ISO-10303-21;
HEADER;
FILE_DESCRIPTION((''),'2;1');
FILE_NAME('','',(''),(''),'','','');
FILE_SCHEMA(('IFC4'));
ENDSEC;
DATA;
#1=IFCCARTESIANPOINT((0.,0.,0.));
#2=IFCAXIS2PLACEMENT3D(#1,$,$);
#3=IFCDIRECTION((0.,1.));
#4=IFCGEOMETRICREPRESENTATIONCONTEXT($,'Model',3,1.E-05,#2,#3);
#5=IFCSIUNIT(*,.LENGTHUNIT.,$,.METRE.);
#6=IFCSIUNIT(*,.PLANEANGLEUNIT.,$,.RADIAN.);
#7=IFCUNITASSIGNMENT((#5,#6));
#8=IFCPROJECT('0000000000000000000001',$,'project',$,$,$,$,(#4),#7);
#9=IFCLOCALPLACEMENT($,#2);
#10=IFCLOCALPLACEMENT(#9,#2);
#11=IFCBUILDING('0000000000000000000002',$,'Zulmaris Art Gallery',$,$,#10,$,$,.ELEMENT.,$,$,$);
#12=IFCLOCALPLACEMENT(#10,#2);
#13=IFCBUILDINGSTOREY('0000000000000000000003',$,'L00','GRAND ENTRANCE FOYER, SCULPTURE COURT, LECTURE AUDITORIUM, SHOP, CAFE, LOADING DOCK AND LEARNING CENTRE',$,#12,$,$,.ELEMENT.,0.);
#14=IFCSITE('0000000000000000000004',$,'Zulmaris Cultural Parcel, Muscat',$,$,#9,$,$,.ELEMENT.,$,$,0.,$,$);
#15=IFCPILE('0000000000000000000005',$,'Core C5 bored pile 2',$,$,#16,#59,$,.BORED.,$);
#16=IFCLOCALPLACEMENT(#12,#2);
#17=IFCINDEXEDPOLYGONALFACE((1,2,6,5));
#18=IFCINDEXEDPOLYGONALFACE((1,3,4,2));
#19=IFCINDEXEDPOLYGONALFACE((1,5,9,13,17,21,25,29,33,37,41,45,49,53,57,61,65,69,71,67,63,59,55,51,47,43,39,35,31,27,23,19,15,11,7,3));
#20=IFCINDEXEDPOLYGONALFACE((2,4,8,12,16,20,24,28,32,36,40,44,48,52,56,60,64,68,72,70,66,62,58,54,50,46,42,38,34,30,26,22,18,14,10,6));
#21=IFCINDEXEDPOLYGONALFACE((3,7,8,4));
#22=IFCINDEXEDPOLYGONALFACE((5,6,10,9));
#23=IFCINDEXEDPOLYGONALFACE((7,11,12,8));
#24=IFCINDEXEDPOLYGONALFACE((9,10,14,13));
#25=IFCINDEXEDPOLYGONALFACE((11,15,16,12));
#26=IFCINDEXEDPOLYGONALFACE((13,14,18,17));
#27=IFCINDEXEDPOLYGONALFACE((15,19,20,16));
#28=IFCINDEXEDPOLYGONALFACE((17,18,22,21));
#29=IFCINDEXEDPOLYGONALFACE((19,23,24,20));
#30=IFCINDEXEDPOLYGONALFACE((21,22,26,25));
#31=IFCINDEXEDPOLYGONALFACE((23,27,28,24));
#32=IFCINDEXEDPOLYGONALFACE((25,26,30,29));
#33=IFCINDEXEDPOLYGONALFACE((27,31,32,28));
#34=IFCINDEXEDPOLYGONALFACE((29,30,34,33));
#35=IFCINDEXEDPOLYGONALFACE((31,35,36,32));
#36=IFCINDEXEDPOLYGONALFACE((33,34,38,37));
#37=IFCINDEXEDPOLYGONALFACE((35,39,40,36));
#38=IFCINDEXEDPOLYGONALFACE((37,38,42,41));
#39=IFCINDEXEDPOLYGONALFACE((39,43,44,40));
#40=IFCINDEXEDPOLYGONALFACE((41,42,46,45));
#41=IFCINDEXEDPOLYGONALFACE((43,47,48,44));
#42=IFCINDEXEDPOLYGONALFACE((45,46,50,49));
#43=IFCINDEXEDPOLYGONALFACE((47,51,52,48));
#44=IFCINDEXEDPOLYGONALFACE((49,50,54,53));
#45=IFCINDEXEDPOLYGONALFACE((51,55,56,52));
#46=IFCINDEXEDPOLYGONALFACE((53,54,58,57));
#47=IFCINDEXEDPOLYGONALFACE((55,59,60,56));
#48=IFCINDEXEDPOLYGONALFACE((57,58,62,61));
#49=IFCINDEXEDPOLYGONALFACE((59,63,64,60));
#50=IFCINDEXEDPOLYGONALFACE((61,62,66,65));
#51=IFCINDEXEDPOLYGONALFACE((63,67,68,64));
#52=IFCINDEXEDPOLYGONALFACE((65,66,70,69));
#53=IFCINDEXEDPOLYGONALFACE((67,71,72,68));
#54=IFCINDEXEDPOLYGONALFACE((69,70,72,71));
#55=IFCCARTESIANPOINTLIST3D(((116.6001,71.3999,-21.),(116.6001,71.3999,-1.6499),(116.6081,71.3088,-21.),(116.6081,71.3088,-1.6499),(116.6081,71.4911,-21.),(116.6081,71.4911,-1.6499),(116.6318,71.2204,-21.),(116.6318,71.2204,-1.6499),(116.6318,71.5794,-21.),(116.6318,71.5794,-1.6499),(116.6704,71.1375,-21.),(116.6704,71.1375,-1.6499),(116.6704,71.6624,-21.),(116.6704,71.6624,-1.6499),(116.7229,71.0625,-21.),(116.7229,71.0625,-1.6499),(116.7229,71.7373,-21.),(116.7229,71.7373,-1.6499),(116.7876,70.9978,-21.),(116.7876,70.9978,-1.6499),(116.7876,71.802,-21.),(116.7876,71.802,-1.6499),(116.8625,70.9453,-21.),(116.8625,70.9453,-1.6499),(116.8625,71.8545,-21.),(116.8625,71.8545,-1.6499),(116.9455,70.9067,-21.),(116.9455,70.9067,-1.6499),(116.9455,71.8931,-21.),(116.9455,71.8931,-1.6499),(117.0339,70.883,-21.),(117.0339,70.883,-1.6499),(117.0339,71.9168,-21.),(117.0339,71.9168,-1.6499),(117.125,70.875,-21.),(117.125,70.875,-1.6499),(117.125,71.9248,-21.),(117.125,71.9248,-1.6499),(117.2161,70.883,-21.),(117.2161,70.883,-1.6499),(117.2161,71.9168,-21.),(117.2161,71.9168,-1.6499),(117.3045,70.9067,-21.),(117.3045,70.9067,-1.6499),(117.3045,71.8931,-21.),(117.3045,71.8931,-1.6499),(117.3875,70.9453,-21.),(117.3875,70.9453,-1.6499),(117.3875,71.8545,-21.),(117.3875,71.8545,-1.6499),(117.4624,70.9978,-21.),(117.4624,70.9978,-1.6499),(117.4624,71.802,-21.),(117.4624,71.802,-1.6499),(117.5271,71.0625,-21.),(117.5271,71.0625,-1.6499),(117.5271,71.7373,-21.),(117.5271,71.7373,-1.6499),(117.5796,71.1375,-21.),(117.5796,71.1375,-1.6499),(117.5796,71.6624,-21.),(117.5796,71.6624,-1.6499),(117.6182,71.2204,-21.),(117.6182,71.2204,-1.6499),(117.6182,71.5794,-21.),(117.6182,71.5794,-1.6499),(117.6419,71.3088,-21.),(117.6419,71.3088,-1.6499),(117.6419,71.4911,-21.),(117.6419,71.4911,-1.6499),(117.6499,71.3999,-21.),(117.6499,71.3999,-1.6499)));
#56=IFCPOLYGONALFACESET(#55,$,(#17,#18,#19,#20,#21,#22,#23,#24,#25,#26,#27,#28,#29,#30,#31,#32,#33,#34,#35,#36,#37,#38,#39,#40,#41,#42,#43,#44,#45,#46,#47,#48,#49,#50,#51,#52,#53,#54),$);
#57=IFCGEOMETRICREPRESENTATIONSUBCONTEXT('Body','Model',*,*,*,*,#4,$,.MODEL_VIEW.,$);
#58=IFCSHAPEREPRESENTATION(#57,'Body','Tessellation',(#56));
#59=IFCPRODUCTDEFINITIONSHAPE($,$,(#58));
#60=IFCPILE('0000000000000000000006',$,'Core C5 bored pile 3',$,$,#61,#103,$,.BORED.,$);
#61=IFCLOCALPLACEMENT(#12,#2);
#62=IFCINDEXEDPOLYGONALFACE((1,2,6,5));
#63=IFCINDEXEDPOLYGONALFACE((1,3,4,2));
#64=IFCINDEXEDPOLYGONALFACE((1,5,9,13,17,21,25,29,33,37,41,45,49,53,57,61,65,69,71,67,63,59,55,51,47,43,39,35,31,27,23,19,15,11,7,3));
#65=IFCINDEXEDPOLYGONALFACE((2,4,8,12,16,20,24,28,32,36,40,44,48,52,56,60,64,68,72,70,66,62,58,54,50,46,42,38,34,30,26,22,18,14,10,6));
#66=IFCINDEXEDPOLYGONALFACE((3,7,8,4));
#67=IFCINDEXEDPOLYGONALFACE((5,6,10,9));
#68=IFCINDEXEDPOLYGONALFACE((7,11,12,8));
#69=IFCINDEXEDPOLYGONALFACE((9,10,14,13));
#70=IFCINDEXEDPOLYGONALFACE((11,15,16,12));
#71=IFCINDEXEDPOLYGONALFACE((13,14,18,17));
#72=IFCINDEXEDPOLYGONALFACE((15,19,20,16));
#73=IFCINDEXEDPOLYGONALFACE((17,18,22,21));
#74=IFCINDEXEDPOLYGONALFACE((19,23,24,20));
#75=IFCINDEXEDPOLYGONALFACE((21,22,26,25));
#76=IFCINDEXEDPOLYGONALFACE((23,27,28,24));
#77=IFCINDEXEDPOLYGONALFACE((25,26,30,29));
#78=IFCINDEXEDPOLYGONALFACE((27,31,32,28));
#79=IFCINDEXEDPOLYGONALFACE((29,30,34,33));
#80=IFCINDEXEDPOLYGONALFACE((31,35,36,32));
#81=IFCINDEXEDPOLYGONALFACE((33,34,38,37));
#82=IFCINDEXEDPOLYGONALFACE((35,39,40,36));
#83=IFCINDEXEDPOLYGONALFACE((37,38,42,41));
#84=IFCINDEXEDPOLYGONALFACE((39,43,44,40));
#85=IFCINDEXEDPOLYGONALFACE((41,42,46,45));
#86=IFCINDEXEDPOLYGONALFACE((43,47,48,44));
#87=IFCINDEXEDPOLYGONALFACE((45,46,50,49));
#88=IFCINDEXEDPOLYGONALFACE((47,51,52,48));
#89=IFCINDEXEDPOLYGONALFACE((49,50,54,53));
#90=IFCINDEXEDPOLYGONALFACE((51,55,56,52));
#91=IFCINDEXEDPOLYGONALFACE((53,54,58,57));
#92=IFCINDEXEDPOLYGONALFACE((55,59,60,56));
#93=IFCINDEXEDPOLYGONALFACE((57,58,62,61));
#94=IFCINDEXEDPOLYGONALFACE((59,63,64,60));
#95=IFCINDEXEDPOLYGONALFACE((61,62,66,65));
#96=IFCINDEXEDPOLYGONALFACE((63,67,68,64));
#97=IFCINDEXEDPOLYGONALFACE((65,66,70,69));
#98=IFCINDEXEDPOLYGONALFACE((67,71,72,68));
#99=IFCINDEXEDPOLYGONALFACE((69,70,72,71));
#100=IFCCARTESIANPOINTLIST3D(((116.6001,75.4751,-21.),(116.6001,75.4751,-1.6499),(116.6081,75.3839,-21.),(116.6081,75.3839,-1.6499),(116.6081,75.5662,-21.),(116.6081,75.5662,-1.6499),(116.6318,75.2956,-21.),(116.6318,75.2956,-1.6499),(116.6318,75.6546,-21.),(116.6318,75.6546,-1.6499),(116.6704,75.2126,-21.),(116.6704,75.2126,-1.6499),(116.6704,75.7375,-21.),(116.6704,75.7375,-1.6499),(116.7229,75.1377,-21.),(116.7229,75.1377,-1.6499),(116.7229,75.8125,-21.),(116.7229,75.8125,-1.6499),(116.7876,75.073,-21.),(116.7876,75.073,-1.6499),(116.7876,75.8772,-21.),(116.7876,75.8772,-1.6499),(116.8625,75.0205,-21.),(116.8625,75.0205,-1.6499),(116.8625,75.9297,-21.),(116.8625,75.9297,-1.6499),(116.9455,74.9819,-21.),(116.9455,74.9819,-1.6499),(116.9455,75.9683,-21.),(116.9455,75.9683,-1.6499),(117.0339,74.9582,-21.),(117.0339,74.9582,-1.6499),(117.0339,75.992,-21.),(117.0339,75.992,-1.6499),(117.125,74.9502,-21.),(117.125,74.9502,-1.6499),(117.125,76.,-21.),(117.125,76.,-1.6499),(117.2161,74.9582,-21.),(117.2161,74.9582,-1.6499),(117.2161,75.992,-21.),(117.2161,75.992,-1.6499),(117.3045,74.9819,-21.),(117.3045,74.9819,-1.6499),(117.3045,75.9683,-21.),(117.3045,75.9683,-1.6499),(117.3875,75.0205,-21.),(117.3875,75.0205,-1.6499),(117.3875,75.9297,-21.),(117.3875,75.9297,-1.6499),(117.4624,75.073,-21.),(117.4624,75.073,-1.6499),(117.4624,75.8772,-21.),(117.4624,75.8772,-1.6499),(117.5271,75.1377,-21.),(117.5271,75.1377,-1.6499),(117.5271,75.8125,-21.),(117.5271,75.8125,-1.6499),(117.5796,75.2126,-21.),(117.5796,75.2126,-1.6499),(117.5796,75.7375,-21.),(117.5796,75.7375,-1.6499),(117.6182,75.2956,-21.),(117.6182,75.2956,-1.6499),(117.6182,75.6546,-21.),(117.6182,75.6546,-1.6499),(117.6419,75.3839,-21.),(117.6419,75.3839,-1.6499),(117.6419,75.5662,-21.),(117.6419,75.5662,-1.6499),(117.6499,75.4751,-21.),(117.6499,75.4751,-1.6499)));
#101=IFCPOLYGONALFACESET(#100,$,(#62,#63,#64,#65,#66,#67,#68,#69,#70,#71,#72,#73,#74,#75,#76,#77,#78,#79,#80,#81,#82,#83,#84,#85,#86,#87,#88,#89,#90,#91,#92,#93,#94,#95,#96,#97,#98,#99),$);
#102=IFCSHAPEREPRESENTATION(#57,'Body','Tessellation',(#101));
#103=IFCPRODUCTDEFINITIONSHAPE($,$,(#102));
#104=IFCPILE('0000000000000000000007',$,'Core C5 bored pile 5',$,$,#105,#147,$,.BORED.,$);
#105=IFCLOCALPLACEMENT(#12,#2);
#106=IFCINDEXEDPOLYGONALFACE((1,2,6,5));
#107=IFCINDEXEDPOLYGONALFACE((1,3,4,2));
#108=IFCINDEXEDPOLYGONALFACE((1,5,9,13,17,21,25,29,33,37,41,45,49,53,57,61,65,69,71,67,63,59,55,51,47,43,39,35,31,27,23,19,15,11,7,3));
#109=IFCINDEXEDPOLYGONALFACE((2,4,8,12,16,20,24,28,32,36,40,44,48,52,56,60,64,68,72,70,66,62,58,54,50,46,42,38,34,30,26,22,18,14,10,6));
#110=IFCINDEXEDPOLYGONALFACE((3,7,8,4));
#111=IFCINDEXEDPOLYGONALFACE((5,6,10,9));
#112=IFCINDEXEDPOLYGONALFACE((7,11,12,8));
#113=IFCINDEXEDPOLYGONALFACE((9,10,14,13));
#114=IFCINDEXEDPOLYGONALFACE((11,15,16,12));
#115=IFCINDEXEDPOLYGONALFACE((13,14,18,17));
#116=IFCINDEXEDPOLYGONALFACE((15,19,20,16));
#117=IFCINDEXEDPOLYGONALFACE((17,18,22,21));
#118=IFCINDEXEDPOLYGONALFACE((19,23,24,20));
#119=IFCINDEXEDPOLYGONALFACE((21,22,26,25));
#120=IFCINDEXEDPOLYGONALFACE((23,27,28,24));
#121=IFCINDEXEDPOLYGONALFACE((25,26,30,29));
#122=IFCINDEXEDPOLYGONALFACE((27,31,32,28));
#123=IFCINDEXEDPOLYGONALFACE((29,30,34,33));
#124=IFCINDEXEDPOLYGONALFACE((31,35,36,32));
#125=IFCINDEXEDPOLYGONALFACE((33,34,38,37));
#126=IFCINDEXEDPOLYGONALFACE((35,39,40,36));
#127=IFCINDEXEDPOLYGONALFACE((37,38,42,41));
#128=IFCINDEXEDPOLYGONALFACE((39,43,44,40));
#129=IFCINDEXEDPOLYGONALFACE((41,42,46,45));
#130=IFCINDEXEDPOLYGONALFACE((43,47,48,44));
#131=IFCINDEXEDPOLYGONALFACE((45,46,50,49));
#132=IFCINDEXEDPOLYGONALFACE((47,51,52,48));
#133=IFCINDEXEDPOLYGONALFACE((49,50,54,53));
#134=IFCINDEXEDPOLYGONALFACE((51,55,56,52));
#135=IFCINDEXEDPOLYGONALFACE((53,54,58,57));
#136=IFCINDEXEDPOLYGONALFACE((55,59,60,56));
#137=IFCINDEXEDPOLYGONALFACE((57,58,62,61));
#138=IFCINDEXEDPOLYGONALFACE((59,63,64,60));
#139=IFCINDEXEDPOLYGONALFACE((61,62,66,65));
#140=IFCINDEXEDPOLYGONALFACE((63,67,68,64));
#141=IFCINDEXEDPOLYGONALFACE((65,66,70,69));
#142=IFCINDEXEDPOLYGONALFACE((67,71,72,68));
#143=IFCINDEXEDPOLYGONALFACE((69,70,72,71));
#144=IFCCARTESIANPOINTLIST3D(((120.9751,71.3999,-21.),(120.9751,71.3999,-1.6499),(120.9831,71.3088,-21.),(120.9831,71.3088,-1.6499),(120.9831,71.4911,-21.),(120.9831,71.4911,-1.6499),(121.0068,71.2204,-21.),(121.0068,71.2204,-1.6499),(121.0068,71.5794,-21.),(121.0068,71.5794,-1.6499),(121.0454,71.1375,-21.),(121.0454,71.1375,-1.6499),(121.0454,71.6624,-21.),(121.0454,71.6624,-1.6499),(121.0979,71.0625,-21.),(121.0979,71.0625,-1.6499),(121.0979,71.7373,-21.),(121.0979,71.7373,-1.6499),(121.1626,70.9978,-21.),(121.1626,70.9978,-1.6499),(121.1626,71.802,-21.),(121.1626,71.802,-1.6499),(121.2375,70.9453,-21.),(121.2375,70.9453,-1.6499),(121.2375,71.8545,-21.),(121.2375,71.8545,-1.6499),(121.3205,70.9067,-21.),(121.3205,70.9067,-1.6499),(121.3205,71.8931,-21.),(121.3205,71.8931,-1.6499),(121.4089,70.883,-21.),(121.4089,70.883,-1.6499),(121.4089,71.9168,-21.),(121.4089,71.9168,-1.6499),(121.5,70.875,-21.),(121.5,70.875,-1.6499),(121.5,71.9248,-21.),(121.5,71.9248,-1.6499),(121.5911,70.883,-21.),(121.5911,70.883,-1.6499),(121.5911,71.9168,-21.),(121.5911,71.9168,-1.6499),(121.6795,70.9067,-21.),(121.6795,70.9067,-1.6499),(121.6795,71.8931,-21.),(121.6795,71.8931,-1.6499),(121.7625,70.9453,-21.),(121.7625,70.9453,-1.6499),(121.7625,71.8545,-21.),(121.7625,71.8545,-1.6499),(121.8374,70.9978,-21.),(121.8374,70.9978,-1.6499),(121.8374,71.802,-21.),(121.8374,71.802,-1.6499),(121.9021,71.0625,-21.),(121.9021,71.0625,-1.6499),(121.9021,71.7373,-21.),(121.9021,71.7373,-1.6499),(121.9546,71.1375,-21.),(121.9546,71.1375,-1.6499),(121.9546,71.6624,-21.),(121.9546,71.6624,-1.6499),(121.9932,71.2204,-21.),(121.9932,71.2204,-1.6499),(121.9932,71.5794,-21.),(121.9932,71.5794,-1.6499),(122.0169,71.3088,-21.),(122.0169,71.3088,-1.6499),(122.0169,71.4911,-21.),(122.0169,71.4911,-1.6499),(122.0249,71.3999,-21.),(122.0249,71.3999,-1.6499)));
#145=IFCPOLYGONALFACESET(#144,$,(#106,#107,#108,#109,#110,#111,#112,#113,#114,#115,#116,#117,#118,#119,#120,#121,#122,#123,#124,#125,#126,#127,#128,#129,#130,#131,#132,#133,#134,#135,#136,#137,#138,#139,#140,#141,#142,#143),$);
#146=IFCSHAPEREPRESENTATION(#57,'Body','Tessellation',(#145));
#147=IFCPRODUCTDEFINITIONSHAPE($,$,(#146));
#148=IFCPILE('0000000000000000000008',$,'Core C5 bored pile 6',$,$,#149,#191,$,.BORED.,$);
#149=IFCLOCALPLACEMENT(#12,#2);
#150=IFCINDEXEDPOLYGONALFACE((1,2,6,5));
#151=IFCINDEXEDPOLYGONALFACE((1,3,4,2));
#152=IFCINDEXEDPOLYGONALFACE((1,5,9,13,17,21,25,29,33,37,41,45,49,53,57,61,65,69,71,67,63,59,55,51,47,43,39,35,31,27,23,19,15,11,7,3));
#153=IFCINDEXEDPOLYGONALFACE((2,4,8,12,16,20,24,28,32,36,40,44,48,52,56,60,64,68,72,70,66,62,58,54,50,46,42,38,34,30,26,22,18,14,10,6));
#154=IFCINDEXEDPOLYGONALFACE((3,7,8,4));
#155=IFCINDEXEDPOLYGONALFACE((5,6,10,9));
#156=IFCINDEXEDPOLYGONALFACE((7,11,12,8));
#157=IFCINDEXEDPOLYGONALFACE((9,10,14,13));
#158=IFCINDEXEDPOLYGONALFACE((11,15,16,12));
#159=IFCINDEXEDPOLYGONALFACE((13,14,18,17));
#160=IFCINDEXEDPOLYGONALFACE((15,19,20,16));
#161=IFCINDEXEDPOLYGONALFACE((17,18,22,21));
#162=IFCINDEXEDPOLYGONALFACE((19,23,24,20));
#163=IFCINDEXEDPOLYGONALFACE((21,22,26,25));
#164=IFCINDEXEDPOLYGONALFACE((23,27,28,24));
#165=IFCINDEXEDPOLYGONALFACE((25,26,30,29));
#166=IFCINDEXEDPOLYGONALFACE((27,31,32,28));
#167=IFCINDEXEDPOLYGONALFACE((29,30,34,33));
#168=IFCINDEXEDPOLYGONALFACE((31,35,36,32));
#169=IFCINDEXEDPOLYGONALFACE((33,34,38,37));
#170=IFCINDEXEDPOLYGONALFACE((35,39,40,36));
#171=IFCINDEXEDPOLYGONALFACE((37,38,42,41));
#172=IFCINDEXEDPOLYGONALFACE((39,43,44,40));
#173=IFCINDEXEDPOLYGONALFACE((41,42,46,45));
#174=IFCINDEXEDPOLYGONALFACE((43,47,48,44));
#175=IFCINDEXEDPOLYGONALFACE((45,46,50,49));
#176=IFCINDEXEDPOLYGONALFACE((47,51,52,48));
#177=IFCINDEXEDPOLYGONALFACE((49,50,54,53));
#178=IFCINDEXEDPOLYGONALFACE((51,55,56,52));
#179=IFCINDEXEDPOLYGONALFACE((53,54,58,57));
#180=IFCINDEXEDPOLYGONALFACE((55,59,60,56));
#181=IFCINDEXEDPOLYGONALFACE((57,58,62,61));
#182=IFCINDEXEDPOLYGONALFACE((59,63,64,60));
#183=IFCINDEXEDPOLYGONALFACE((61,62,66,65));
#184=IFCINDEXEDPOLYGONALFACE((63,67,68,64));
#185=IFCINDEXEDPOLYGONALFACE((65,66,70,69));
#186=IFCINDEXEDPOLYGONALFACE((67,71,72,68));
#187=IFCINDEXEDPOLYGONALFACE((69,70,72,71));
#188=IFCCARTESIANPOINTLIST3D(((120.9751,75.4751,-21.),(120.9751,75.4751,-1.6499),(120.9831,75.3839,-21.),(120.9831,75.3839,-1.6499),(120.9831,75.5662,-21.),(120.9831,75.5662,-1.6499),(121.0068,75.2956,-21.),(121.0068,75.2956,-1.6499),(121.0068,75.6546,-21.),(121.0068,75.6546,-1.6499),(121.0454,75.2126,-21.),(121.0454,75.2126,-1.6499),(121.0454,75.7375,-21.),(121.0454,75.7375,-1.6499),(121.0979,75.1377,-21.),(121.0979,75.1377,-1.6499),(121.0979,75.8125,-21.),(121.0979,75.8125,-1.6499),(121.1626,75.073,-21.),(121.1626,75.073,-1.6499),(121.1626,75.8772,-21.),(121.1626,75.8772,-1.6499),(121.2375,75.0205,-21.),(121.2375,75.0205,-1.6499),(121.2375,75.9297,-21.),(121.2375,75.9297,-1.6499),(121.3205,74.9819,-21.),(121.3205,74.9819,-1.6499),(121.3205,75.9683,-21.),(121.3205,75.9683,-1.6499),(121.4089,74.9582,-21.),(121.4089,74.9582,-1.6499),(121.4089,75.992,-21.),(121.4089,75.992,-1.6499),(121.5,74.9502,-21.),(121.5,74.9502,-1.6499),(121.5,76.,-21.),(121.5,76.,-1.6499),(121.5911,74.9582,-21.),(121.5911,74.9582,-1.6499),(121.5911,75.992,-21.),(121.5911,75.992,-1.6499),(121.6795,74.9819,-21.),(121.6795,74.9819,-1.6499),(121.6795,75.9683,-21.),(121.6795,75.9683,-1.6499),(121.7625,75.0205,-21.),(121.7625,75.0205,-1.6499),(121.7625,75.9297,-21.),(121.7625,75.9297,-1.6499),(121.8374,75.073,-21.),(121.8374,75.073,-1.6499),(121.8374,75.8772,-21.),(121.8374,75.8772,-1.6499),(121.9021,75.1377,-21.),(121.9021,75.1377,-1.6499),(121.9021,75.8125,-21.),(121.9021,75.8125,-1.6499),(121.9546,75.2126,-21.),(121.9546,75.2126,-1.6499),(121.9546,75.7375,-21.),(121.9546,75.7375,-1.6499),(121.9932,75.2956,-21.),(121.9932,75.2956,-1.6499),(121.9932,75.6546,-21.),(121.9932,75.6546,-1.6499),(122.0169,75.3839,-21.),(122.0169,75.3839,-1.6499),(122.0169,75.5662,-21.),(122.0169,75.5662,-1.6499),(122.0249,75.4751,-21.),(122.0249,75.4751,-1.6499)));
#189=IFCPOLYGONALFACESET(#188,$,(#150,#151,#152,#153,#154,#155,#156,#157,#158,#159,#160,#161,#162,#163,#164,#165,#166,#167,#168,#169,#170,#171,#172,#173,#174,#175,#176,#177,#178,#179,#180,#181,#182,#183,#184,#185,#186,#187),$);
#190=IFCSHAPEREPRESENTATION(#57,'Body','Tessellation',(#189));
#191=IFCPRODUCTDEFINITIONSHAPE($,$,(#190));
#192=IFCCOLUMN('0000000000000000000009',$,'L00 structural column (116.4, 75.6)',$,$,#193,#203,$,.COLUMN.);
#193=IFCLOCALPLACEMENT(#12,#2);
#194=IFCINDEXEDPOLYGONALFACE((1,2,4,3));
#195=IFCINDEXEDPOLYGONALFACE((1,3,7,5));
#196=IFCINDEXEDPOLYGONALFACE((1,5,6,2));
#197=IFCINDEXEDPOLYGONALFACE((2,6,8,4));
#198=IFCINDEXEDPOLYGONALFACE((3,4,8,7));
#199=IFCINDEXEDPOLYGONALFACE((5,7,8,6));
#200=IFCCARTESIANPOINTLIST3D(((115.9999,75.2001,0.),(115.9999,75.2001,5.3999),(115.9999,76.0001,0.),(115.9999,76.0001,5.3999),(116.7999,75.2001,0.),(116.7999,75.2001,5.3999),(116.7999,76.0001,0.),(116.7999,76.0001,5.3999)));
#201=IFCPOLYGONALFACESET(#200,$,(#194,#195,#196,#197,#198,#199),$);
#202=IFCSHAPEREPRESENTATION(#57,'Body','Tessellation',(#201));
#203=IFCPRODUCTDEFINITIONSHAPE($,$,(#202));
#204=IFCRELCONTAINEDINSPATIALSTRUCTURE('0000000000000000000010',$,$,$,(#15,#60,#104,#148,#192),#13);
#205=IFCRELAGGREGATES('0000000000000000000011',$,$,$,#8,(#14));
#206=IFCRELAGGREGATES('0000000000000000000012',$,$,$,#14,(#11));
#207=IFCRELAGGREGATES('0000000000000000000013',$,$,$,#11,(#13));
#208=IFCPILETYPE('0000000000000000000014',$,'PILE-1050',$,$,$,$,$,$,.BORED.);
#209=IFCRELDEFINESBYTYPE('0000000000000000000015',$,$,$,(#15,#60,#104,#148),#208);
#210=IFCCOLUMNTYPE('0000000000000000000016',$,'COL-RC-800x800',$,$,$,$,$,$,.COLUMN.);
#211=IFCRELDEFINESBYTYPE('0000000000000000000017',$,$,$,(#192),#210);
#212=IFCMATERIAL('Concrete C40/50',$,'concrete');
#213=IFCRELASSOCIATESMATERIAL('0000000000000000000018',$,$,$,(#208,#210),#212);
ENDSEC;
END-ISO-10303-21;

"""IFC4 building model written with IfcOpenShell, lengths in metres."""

from ifc_helpers import new_model, si_unit, direction, frame, origin, origin_2d, place, context, subcontext, project, spatial, rectangle, circle, extrude, material, material_profile, profile_set, type_object, element, save


model = new_model("IFC4")

# Units and contexts
model_context = context("Model", 3, precision=1e-05, world=origin(), true_north=direction((0.0, 1.0)))
body_context = subcontext(model_context, "Body", "Model", "MODEL_VIEW")
ifc_project = project(units=[si_unit("LENGTHUNIT", "METRE"), si_unit("PLANEANGLEUNIT", "RADIAN")], contexts=[model_context])

# Site, building, storey
site_placement = place(None, origin())
site = spatial("IfcSite", under=ifc_project, at=site_placement, Name="Zulmaris Cultural Parcel, Muscat", CompositionType="ELEMENT", RefElevation=0.0)
building_placement = place(site_placement, origin())
building = spatial("IfcBuilding", under=site, at=building_placement, Name="Zulmaris Art Gallery", CompositionType="ELEMENT")
storey_placement = place(building_placement, origin())
storey = spatial("IfcBuildingStorey", under=building, at=storey_placement, Name="L00", Description="GRAND ENTRANCE FOYER, SCULPTURE COURT, LECTURE AUDITORIUM, SHOP, CAFE, LOADING DOCK AND LEARNING CENTRE", CompositionType="ELEMENT", Elevation=0.0)

# Piles
ifc_material_1 = material(Name="Concrete C40/50", Category="concrete")
ifc_material_profile_1 = material_profile(ifc_material_1, circle(Radius=0.5249, at=origin_2d()), Name="PILE DIA 1050")
ifc_profile_set_1 = profile_set([ifc_material_profile_1], Name="Concrete C40/50")
pile_type = type_object("IfcPileType", Name="PILE-1050", PredefinedType="BORED", material=ifc_profile_set_1)
for number, where, z_axis, x_axis, name in (
    (1, (117.125, 71.3999, -1.6499), (0.0, 0.0, -1.0), (1.0, 0.0, 0.0), "Core C5 bored pile 2"),
    (2, (117.125, 75.4751, -1.6499), (0.0, 0.0, -1.0), (1.0, 0.0, 0.0), "Core C5 bored pile 3"),
    (3, (121.5, 71.3999, -1.6499), (0.0, 0.0, -1.0), (1.0, 0.0, 0.0), "Core C5 bored pile 5"),
    (4, (121.5, 75.4751, -1.6499), (0.0, 0.0, -1.0), (1.0, 0.0, 0.0), "Core C5 bored pile 6"),
):
    element("IfcPile", number, at=place(storey_placement, frame(where, z_axis=z_axis, x_axis=x_axis)), inside=storey, type_object=pile_type, Name=name, PredefinedType="BORED", context=body_context, shape_type="SweptSolid", body=[
        extrude(circle(Radius=0.5249, at=origin_2d()), origin(), (0.0, 0.0, 1.0), 19.3501),
    ])

# Column
ifc_material_profile_2 = material_profile(ifc_material_1, rectangle(XDim=0.8, YDim=0.8, at=origin_2d()), Name="RC 800x800")
ifc_profile_set_2 = profile_set([ifc_material_profile_2], Name="Concrete C40/50")
column_type = type_object("IfcColumnType", Name="COL-RC-800x800", PredefinedType="COLUMN", material=ifc_profile_set_2)
for number, where, z_axis, x_axis, name in (
    (5, (116.3999, 75.6001, 0.0), (0.0, 0.0, 1.0), (1.0, 0.0, 0.0), "L00 structural column (116.4, 75.6)"),
):
    element("IfcColumn", number, at=place(storey_placement, frame(where, z_axis=z_axis, x_axis=x_axis)), inside=storey, type_object=column_type, Name=name, PredefinedType="COLUMN", context=body_context, shape_type="SweptSolid", body=[
        extrude(rectangle(XDim=0.8, YDim=0.8, at=origin_2d()), origin(), (0.0, 0.0, 1.0), 5.3999),
    ])

save(model, "model.ifc")
